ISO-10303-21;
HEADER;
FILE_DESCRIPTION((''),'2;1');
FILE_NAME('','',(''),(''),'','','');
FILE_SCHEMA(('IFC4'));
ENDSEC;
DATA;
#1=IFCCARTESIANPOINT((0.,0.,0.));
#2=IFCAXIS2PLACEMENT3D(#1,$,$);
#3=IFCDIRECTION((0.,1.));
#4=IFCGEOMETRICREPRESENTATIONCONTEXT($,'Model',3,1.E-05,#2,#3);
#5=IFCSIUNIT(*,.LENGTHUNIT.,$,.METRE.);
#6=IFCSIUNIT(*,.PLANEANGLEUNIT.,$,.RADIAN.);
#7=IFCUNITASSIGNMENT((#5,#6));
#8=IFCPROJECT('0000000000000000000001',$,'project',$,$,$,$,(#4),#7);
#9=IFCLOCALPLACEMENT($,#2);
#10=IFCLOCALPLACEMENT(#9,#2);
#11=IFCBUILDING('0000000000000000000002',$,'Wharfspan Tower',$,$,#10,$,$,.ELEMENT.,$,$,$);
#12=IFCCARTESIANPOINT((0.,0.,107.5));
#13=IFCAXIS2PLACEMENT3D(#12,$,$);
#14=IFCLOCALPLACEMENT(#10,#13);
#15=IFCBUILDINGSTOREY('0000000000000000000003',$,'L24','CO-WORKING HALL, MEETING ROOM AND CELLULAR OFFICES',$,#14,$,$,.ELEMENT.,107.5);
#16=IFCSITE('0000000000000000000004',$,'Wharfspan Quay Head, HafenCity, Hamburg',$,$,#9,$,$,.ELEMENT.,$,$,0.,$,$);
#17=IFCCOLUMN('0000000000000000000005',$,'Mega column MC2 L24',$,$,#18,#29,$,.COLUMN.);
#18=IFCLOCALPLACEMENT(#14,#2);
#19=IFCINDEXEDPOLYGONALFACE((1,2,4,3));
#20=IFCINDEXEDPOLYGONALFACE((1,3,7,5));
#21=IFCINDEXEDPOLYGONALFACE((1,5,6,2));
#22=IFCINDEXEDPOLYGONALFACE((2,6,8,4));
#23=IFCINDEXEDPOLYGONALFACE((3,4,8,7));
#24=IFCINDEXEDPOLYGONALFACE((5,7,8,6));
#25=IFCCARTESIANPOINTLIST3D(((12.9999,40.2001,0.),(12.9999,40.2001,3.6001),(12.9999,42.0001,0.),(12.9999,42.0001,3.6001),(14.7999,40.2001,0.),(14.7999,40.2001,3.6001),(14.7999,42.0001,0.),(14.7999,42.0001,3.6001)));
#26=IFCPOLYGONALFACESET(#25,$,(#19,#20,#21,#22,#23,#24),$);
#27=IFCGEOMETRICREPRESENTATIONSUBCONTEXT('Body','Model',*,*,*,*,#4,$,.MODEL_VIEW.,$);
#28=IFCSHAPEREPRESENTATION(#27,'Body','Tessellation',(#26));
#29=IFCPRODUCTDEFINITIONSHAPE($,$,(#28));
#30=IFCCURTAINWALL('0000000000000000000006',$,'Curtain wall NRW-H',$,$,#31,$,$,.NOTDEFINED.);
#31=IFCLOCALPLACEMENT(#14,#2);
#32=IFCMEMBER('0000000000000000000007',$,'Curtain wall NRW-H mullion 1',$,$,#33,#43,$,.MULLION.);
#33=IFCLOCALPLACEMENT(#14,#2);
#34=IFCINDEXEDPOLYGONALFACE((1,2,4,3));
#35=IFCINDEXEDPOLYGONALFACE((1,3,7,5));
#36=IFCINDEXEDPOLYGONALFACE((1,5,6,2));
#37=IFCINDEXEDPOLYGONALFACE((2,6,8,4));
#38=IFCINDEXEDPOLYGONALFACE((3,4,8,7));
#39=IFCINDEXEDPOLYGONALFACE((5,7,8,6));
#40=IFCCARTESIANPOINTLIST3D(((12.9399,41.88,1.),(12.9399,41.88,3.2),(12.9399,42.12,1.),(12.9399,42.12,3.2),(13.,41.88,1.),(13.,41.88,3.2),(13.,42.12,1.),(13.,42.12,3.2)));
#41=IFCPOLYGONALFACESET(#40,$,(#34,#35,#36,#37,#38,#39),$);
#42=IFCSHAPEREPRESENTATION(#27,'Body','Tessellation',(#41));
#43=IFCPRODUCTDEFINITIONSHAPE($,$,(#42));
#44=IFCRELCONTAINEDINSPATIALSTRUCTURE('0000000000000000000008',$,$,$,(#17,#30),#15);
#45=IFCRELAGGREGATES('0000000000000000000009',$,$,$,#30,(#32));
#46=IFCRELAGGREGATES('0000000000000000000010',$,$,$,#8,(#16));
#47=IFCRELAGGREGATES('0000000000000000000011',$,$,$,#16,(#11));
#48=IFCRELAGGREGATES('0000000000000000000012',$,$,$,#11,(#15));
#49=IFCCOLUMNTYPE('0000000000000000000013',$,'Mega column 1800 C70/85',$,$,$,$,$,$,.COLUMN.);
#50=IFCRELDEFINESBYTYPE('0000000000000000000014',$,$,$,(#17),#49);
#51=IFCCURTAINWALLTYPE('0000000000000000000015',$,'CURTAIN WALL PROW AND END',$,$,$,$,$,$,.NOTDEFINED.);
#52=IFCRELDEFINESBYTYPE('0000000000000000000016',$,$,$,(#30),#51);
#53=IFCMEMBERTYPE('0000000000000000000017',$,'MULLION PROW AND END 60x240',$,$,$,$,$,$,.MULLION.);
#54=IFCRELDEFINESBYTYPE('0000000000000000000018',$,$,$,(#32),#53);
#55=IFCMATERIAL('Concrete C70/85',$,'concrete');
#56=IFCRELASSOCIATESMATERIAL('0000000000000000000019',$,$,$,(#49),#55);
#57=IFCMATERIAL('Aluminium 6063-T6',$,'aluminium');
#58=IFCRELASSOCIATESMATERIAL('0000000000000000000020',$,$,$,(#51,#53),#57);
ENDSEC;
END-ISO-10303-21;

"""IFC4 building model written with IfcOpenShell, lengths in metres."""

from ifc_helpers import new_model, si_unit, direction, frame, origin, origin_2d, place, context, subcontext, project, spatial, rectangle, extrude, material, material_profile, profile_set, type_object, element, aggregate, save


model = new_model("IFC4")

# Units and contexts
model_context = context("Model", 3, precision=1e-05, world=origin(), true_north=direction((0.0, 1.0)))
body_context = subcontext(model_context, "Body", "Model", "MODEL_VIEW")
ifc_project = project(units=[si_unit("LENGTHUNIT", "METRE"), si_unit("PLANEANGLEUNIT", "RADIAN")], contexts=[model_context])

# Site, building, storey
site_placement = place(None, origin())
site = spatial("IfcSite", under=ifc_project, at=site_placement, Name="Wharfspan Quay Head, HafenCity, Hamburg", CompositionType="ELEMENT", RefElevation=0.0)
building_placement = place(site_placement, origin())
building = spatial("IfcBuilding", under=site, at=building_placement, Name="Wharfspan Tower", CompositionType="ELEMENT")
storey_placement = place(building_placement, frame((0.0, 0.0, 107.5)))
storey = spatial("IfcBuildingStorey", under=building, at=storey_placement, Name="L24", Description="CO-WORKING HALL, MEETING ROOM AND CELLULAR OFFICES", CompositionType="ELEMENT", Elevation=107.5)

# Column
ifc_material_1 = material(Name="Concrete C70/85", Category="concrete")
ifc_material_profile_1 = material_profile(ifc_material_1, rectangle(XDim=1.8, YDim=1.8, at=origin_2d()))
ifc_profile_set_1 = profile_set([ifc_material_profile_1], Name="Concrete C70/85")
column_type = type_object("IfcColumnType", Name="Mega column 1800 C70/85", PredefinedType="COLUMN", material=ifc_profile_set_1)
column_placement = place(storey_placement, frame((13.8999, 41.1001, 0.0), z_axis=(0.0, 0.0, 1.0), x_axis=(1.0, 0.0, 0.0)))
element("IfcColumn", 1, at=column_placement, inside=storey, type_object=column_type, Name="Mega column MC2 L24", PredefinedType="COLUMN", context=body_context, shape_type="SweptSolid", body=[
    extrude(rectangle(XDim=1.8, YDim=1.8, at=origin_2d()), origin(), (0.0, 0.0, 1.0), 3.6001),
])

# Curtain wall, member
ifc_material_2 = material(Name="Aluminium 6063-T6", Category="aluminium")
curtain_wall_type = type_object("IfcCurtainWallType", Name="CURTAIN WALL PROW AND END", PredefinedType="NOTDEFINED", material=ifc_material_2)
curtain_wall_placement = place(storey_placement, origin())
curtain_wall = element("IfcCurtainWall", 2, at=curtain_wall_placement, inside=storey, type_object=curtain_wall_type, Name="Curtain wall NRW-H", PredefinedType="NOTDEFINED")
ifc_material_profile_2 = material_profile(ifc_material_2, rectangle(XDim=0.24, YDim=0.0601, at=origin_2d()))
ifc_profile_set_2 = profile_set([ifc_material_profile_2], Name="Aluminium 6063-T6")
member_type = type_object("IfcMemberType", Name="MULLION PROW AND END 60x240", PredefinedType="MULLION", material=ifc_profile_set_2)
member_placement = place(storey_placement, frame((12.97, 42.0, 1.0), z_axis=(0.0, 0.0, 1.0), x_axis=(0.0, -1.0, 0.0)))
member = element("IfcMember", 3, at=member_placement, type_object=member_type, Name="Curtain wall NRW-H mullion 1", PredefinedType="MULLION", context=body_context, shape_type="SweptSolid", body=[
    extrude(rectangle(XDim=0.24, YDim=0.0601, at=origin_2d()), origin(), (0.0, 0.0, 1.0), 2.2),
])
aggregate(curtain_wall, [member])

save(model, "model.ifc")
